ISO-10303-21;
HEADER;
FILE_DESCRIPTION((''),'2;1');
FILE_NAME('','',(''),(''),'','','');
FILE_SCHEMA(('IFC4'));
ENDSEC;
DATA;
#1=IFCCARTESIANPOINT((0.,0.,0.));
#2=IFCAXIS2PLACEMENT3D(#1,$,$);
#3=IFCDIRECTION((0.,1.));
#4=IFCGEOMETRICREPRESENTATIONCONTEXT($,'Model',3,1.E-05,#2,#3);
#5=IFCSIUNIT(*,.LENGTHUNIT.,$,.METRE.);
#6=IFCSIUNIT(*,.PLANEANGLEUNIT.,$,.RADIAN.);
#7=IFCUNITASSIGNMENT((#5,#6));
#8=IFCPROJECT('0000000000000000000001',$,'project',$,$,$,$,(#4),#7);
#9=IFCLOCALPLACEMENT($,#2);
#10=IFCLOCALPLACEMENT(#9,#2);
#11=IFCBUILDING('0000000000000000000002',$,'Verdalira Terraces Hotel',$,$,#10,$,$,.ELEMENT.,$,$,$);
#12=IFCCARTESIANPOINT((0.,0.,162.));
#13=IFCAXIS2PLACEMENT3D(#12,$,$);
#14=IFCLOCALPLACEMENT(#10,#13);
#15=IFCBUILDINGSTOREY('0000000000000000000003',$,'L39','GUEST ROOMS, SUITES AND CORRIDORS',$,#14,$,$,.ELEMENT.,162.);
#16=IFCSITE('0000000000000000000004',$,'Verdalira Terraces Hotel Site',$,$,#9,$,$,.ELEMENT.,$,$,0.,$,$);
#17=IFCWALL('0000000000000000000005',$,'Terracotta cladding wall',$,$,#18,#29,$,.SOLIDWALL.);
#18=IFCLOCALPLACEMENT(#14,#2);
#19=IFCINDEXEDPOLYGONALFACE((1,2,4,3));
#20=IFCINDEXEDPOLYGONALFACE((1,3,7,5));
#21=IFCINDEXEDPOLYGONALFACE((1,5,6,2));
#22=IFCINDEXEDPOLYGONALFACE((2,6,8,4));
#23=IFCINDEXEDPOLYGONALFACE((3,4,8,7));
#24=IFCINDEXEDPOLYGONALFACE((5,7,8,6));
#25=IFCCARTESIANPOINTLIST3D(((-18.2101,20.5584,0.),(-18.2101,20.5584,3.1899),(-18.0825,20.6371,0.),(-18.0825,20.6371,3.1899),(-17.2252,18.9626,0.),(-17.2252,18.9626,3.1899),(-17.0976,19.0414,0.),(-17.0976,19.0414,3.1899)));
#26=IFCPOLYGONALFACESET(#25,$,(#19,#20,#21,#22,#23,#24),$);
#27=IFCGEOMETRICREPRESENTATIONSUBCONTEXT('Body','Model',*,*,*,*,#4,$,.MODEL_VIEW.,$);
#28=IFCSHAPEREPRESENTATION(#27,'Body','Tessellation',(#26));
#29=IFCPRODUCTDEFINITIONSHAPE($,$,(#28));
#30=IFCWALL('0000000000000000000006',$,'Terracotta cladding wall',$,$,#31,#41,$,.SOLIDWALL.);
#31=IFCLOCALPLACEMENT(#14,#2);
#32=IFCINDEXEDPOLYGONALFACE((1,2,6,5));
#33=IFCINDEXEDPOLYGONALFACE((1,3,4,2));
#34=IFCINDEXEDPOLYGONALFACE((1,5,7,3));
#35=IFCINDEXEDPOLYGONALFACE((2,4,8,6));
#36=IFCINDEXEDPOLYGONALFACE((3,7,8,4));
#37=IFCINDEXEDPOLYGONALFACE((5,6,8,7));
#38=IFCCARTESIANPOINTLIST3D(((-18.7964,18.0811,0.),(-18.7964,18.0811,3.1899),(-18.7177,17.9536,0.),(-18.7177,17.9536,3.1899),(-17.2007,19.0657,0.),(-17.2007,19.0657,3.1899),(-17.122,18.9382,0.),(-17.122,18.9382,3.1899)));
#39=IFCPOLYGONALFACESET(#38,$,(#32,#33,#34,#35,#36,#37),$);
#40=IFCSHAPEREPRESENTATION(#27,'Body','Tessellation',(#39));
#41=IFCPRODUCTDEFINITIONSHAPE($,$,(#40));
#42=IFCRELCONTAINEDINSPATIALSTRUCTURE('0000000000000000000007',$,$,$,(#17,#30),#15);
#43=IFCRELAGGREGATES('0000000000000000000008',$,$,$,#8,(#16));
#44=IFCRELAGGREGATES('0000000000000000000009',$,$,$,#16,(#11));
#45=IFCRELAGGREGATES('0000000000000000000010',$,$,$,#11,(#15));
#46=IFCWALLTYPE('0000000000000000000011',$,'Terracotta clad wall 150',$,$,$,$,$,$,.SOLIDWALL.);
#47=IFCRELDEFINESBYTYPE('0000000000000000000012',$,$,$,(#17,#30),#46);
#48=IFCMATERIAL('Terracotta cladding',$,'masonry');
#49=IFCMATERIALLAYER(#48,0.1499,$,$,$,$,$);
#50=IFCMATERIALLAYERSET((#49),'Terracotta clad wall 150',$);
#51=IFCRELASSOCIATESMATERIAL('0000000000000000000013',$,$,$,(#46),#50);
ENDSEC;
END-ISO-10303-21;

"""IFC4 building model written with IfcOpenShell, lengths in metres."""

from ifc_helpers import new_model, si_unit, direction, frame, frame_2d, origin, place, context, subcontext, project, spatial, rectangle, extrude, material, layer, layer_set, type_object, element, save


model = new_model("IFC4")

# Units and contexts
model_context = context("Model", 3, precision=1e-05, world=origin(), true_north=direction((0.0, 1.0)))
body_context = subcontext(model_context, "Body", "Model", "MODEL_VIEW")
ifc_project = project(units=[si_unit("LENGTHUNIT", "METRE"), si_unit("PLANEANGLEUNIT", "RADIAN")], contexts=[model_context])

# Site, building, storey
site_placement = place(None, origin())
site = spatial("IfcSite", under=ifc_project, at=site_placement, Name="Verdalira Terraces Hotel Site", CompositionType="ELEMENT", RefElevation=0.0)
building_placement = place(site_placement, origin())
building = spatial("IfcBuilding", under=site, at=building_placement, Name="Verdalira Terraces Hotel", CompositionType="ELEMENT")
storey_placement = place(building_placement, frame((0.0, 0.0, 162.0)))
storey = spatial("IfcBuildingStorey", under=building, at=storey_placement, Name="L39", Description="GUEST ROOMS, SUITES AND CORRIDORS", CompositionType="ELEMENT", Elevation=162.0)

# Walls
ifc_material_1 = material(Name="Terracotta cladding", Category="masonry")
ifc_layer_1 = layer(ifc_material_1, 0.1499)
ifc_layer_set_1 = layer_set([ifc_layer_1], Name="Terracotta clad wall 150")
wall_type_1 = type_object("IfcWallType", Name="Terracotta clad wall 150", PredefinedType="SOLIDWALL", material=ifc_layer_set_1)
wall_1_placement = place(storey_placement, frame((-18.1462, 20.5977, 0.0), z_axis=(0.0, 0.0, 1.0), x_axis=(0.525216, -0.850969, 0.0)))
element("IfcWall", 1, at=wall_1_placement, inside=storey, type_object=wall_type_1, Name="Terracotta cladding wall", PredefinedType="SOLIDWALL", context=body_context, shape_type="SweptSolid", body=[
    extrude(rectangle(XDim=1.8752, YDim=0.1499, at=frame_2d((0.9375, 0.0))), origin(), (0.0, 0.0, 1.0), 3.1899),
])
wall_2_placement = place(storey_placement, frame((-17.1614, 19.002, 0.0), z_axis=(0.0, 0.0, 1.0), x_axis=(-0.851027, -0.525121, 0.0)))
element("IfcWall", 2, at=wall_2_placement, inside=storey, type_object=wall_type_1, Name="Terracotta cladding wall", PredefinedType="SOLIDWALL", context=body_context, shape_type="SweptSolid", body=[
    extrude(rectangle(XDim=1.875, YDim=0.1499, at=frame_2d((0.9375, 0.0))), origin(), (0.0, 0.0, 1.0), 3.1899),
])

save(model, "model.ifc")
